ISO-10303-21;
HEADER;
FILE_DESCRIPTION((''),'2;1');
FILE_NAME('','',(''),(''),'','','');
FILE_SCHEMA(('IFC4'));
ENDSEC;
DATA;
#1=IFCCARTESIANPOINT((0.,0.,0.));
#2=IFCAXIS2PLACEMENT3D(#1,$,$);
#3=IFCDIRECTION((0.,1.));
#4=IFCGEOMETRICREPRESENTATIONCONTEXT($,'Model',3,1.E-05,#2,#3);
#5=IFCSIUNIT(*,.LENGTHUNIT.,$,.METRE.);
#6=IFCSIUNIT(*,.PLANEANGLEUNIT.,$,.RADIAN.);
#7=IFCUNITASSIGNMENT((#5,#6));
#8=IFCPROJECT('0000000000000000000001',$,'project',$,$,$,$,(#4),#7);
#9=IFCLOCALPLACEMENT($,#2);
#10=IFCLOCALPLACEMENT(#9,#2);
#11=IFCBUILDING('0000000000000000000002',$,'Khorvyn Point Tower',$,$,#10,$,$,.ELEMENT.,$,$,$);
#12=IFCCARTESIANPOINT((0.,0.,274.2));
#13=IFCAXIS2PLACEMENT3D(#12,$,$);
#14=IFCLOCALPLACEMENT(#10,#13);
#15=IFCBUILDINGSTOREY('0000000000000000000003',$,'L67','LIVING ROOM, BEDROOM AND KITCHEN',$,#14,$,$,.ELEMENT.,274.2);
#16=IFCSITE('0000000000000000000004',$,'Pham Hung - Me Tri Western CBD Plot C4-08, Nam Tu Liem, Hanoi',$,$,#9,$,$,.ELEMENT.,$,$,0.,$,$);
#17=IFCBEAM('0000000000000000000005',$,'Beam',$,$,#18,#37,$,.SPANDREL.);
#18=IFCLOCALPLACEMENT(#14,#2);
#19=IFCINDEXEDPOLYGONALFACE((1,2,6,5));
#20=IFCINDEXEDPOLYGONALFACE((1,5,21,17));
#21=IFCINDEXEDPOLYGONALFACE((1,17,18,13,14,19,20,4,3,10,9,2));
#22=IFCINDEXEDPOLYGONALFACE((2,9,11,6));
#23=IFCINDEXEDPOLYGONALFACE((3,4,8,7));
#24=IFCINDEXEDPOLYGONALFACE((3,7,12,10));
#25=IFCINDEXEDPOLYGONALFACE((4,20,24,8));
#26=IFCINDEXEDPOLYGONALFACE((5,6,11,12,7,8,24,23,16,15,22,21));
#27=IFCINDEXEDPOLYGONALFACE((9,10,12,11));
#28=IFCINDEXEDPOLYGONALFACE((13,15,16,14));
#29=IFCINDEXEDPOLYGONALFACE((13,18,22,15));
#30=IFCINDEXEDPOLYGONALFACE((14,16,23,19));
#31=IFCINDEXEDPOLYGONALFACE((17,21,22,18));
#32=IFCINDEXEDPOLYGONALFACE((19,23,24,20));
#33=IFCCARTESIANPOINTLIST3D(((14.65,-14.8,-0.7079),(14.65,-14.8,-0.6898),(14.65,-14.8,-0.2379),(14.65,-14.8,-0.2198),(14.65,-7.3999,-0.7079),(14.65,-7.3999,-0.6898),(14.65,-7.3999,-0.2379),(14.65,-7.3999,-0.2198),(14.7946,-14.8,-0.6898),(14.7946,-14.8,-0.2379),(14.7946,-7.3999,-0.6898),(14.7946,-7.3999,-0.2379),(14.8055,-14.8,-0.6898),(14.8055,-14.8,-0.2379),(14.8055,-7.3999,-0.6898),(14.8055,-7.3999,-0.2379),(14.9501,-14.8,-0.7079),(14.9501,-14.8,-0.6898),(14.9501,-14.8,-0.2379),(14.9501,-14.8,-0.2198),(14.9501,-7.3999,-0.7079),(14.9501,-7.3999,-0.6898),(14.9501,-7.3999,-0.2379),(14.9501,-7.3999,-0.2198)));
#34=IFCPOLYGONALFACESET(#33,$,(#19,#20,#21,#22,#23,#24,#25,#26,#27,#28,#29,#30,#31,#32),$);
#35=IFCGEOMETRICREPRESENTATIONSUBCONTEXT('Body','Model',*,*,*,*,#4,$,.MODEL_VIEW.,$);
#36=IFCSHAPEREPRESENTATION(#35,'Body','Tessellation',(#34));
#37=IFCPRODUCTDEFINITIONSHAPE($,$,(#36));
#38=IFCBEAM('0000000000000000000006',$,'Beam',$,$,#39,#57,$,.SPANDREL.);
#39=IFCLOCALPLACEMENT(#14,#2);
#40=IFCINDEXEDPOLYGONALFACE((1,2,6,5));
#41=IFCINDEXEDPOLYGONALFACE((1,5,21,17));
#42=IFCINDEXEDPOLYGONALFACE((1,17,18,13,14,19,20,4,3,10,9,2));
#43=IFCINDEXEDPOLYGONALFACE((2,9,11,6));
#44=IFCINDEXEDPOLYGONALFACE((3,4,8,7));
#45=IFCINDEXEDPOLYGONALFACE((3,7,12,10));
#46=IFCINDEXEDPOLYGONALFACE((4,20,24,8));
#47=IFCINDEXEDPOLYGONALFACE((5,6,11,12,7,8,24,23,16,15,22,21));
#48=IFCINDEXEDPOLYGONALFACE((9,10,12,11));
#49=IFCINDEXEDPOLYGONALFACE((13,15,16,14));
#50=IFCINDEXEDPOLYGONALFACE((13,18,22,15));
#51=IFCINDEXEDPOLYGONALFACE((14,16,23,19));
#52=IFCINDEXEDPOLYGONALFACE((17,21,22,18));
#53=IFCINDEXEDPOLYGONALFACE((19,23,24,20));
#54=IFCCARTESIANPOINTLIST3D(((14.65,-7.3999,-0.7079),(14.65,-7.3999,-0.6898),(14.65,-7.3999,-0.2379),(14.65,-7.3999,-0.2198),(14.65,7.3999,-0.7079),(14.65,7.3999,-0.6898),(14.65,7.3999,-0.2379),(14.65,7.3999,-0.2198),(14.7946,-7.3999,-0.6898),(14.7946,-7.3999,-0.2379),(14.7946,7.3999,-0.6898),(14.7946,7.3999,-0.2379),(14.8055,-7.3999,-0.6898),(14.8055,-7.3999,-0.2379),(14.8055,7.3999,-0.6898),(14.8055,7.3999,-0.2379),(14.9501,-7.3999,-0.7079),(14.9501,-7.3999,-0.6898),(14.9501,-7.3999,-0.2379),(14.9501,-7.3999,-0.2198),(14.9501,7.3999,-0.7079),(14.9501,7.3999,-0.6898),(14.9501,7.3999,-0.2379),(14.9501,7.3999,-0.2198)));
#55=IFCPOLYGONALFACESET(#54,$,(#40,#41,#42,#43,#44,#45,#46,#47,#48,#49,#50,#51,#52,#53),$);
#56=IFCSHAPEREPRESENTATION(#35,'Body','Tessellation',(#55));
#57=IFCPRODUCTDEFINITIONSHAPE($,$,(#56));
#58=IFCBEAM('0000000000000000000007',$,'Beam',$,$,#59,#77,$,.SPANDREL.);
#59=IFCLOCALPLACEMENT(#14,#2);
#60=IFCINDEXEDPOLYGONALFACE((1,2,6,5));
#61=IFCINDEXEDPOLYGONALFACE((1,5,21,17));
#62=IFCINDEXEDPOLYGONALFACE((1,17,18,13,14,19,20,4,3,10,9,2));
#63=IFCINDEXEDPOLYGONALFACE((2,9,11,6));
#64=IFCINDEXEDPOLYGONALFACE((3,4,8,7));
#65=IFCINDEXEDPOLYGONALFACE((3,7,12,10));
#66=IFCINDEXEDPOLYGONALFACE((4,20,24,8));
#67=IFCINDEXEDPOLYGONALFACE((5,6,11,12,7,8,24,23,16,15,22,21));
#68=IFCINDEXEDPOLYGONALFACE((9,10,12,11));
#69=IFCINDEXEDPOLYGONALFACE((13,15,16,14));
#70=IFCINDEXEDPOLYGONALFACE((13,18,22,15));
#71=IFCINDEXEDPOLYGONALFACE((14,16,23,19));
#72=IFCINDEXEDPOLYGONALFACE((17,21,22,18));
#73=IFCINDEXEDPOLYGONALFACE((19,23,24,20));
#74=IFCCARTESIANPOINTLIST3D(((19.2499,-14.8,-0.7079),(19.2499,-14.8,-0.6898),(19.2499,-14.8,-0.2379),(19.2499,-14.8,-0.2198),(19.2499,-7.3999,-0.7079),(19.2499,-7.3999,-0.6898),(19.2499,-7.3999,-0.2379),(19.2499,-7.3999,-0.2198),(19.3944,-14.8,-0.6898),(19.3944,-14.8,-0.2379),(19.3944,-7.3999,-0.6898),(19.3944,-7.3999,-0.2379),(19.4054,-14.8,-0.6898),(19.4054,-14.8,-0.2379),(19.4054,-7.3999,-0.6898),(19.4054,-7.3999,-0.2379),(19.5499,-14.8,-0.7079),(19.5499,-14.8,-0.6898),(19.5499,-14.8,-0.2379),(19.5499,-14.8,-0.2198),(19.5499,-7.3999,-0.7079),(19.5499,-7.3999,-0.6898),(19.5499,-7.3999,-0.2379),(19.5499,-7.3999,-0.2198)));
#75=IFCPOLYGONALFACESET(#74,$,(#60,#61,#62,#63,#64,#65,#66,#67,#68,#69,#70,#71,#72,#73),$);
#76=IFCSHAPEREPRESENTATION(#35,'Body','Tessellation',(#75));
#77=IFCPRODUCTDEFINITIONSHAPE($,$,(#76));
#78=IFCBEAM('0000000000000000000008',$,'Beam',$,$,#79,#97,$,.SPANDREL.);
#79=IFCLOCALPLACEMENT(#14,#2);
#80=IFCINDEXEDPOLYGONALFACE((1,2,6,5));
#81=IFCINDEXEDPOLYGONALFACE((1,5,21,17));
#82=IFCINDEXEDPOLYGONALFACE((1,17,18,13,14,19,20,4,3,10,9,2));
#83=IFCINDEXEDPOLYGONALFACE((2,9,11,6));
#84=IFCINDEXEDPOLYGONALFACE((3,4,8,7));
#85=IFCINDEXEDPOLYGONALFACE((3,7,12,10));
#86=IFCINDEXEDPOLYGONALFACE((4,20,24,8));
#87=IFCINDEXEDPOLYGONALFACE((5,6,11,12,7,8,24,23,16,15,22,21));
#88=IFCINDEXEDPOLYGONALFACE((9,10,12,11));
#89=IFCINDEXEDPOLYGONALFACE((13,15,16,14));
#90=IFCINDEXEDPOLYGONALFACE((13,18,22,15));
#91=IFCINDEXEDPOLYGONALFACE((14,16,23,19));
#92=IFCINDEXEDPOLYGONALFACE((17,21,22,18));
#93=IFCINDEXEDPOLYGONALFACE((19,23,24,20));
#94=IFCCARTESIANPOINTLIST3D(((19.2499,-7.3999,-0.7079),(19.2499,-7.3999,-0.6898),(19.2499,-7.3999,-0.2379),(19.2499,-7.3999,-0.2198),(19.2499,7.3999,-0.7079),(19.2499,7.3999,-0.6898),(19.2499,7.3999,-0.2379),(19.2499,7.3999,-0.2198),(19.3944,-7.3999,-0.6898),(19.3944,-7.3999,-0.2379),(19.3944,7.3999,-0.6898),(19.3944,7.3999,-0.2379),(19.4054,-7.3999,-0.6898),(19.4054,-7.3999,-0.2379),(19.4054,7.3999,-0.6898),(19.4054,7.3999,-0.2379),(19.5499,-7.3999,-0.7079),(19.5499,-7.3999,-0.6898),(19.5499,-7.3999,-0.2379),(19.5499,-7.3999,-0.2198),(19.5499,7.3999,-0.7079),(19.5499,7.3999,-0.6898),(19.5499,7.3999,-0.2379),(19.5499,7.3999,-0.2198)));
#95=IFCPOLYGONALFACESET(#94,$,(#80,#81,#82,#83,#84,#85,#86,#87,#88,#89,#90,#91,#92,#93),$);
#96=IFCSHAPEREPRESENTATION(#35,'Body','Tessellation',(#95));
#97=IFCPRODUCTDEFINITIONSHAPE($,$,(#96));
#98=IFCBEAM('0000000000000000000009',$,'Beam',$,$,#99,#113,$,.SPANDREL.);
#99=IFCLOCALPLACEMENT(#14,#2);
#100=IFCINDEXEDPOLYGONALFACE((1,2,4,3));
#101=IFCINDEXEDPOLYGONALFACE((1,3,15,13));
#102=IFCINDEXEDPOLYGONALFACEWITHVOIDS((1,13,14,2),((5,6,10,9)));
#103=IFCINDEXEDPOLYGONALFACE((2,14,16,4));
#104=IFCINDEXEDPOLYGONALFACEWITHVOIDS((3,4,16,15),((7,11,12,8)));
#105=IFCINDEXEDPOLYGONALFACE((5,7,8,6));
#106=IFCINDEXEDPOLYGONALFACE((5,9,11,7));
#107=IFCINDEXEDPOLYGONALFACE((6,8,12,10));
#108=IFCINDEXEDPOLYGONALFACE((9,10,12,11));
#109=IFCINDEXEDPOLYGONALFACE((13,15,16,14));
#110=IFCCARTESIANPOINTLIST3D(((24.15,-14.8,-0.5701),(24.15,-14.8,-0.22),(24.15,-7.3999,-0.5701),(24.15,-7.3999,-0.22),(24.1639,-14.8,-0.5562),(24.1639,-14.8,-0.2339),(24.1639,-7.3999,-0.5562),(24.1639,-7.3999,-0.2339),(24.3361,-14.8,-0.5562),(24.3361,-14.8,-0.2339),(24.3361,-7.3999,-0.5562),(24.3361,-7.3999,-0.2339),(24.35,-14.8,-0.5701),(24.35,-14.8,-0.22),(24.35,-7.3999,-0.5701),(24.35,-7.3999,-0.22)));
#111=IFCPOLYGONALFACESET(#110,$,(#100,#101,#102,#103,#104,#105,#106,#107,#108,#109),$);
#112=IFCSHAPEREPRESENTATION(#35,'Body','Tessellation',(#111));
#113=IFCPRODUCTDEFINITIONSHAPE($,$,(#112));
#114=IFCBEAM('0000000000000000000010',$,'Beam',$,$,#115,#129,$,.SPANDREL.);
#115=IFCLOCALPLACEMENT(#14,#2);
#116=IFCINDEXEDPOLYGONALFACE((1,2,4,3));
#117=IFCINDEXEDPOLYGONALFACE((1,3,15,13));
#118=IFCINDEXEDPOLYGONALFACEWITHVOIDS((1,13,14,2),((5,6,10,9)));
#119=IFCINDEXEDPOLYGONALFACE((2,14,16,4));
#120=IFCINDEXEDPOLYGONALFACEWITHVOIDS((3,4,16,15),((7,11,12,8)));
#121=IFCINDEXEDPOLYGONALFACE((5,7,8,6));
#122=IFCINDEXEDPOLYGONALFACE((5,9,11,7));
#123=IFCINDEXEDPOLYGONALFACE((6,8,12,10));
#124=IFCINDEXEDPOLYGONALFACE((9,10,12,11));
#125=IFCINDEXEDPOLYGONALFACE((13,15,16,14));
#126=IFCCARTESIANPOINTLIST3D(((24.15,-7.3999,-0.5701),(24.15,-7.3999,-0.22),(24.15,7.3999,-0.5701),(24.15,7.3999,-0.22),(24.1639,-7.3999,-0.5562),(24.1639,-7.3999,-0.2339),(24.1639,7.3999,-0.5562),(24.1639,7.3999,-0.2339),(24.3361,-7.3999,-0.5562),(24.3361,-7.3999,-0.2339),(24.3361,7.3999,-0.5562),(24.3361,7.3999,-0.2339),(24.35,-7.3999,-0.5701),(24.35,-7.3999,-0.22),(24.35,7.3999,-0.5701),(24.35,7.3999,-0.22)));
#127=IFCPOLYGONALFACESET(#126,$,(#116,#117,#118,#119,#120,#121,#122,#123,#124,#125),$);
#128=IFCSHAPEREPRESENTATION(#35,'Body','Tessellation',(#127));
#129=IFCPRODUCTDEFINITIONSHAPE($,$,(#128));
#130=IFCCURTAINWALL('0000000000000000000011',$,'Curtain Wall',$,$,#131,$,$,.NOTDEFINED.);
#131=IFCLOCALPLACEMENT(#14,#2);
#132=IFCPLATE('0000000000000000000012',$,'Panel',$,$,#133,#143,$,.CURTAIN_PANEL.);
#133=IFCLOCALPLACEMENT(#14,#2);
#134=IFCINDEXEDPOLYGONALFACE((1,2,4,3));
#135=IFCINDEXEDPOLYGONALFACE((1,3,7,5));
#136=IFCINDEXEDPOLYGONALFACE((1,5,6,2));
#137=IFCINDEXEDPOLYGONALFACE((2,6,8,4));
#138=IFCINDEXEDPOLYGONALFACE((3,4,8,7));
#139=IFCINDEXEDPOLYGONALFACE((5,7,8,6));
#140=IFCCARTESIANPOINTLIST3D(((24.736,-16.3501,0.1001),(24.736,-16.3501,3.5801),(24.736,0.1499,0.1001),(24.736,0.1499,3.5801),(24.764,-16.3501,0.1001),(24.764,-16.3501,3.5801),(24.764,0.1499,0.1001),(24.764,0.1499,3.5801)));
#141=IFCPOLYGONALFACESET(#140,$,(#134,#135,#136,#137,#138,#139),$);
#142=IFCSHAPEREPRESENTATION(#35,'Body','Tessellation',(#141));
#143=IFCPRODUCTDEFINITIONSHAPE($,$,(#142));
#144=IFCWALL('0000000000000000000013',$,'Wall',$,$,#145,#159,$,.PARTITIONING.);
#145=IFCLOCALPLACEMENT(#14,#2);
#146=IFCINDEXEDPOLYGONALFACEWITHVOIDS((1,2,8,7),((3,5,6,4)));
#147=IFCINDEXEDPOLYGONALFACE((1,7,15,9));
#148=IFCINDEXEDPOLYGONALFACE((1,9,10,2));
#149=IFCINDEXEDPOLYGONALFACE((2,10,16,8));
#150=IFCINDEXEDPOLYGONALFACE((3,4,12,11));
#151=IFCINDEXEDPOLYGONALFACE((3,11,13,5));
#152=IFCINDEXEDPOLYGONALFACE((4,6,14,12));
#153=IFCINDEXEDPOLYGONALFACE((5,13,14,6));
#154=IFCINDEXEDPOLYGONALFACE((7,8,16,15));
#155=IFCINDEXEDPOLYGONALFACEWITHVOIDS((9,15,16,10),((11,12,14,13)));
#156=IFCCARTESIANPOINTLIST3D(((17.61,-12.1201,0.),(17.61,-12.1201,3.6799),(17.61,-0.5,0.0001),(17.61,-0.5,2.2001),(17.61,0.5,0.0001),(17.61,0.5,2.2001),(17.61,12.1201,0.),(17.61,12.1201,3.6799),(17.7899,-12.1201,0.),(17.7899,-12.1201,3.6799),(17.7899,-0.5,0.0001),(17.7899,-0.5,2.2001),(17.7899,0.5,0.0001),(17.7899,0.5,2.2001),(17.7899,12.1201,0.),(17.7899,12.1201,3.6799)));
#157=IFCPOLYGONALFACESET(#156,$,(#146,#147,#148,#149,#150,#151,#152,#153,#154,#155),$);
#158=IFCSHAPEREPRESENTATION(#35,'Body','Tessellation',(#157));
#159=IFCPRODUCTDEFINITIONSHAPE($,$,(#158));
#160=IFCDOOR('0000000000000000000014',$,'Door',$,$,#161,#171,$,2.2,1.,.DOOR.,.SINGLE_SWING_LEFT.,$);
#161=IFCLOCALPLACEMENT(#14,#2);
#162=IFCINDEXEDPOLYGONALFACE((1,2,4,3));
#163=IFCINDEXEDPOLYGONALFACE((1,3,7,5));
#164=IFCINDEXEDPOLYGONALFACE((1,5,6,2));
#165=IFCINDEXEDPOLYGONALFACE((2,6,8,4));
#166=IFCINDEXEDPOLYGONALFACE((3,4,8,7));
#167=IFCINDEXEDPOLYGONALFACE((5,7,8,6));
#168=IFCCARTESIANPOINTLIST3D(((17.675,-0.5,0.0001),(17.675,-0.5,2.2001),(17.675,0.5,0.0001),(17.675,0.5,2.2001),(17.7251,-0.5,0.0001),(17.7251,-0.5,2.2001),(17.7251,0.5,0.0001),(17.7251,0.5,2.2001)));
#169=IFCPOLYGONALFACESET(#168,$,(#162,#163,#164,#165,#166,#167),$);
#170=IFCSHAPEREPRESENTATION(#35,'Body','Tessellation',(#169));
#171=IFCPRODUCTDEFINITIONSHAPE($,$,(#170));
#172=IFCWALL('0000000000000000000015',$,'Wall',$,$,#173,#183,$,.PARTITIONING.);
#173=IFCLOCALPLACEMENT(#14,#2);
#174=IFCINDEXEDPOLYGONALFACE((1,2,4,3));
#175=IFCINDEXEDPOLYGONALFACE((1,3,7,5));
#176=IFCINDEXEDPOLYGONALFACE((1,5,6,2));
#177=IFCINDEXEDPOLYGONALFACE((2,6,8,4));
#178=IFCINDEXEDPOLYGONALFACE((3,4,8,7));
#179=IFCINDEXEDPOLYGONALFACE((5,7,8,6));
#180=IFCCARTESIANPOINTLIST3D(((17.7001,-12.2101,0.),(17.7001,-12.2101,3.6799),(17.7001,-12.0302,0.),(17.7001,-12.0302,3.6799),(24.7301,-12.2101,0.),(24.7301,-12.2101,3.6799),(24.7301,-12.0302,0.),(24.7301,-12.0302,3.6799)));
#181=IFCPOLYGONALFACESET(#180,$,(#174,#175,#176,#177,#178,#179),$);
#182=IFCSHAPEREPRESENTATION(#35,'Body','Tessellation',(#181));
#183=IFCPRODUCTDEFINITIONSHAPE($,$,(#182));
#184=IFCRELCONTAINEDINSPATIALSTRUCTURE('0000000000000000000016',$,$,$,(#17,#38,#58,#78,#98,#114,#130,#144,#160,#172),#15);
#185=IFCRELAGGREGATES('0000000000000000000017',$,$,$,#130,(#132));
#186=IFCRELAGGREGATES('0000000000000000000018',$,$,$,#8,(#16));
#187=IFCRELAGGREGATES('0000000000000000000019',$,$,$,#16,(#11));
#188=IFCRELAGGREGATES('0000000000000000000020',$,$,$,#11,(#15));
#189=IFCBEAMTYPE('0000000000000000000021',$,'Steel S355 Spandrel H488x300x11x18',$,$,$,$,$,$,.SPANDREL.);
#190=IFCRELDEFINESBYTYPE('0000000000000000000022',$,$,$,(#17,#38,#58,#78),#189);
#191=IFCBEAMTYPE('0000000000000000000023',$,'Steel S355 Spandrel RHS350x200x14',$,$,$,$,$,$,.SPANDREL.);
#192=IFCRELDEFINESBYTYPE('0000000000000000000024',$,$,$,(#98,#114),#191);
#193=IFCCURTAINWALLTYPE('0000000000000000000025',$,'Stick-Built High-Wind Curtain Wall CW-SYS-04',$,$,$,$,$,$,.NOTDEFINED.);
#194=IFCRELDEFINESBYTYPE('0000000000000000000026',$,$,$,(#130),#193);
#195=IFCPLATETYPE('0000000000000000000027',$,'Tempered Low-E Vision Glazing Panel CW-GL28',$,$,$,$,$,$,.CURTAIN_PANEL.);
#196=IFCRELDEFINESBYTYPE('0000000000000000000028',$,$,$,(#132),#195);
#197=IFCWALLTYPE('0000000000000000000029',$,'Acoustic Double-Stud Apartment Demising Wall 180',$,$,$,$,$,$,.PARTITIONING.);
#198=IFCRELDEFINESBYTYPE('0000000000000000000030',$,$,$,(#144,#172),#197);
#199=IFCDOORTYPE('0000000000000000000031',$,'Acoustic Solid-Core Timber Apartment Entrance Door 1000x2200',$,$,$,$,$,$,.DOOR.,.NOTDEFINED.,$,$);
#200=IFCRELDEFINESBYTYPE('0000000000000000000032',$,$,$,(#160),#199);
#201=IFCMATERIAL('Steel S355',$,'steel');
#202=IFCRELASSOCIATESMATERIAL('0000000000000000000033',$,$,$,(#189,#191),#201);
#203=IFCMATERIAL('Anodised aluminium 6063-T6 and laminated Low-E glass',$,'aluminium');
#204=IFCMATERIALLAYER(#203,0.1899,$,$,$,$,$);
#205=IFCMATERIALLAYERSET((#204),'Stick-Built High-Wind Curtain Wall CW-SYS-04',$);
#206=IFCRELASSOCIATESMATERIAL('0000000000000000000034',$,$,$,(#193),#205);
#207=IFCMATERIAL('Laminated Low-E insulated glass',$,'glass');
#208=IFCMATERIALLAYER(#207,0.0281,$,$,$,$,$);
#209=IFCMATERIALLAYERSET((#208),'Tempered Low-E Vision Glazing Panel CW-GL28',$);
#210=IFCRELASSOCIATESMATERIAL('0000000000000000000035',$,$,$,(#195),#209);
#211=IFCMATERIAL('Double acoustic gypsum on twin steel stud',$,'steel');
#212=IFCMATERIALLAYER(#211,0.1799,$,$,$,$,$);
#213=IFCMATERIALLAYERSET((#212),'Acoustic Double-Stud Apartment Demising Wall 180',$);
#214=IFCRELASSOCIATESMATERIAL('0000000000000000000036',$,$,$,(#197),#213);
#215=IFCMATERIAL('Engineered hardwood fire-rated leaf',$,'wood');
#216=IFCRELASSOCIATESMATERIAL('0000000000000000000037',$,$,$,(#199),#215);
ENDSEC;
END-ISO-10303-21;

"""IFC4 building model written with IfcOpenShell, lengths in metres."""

from ifc_helpers import new_model, si_unit, direction, frame, frame_2d, origin, origin_2d, place, context, subcontext, project, spatial, rectangle, hollow_rectangle, i_section, extrude, material, layer, layer_set, material_profile, profile_set, type_object, element, fill, aggregate, save


model = new_model("IFC4")

# Units and contexts
model_context = context("Model", 3, precision=1e-05, world=origin(), true_north=direction((0.0, 1.0)))
body_context = subcontext(model_context, "Body", "Model", "MODEL_VIEW")
ifc_project = project(units=[si_unit("LENGTHUNIT", "METRE"), si_unit("PLANEANGLEUNIT", "RADIAN")], contexts=[model_context])

# Site, building, storey
site_placement = place(None, origin())
site = spatial("IfcSite", under=ifc_project, at=site_placement, Name="Pham Hung - Me Tri Western CBD Plot C4-08, Nam Tu Liem, Hanoi", CompositionType="ELEMENT", RefElevation=0.0)
building_placement = place(site_placement, origin())
building = spatial("IfcBuilding", under=site, at=building_placement, Name="Khorvyn Point Tower", CompositionType="ELEMENT")
storey_placement = place(building_placement, frame((0.0, 0.0, 274.2)))
storey = spatial("IfcBuildingStorey", under=building, at=storey_placement, Name="L67", Description="LIVING ROOM, BEDROOM AND KITCHEN", CompositionType="ELEMENT", Elevation=274.2)

# Shared definitions
ifc_material_1 = material(Name="Steel S355", Category="steel")

# Beams
ifc_material_profile_1 = material_profile(ifc_material_1, i_section(OverallWidth=0.3, OverallDepth=0.488, WebThickness=0.011, FlangeThickness=0.0181, at=origin_2d()))
ifc_profile_set_1 = profile_set([ifc_material_profile_1], Name="Steel S355 H488x300x11x18")
beam_type_1 = type_object("IfcBeamType", Name="Steel S355 Spandrel H488x300x11x18", PredefinedType="SPANDREL", material=ifc_profile_set_1)
beam_1_placement = place(storey_placement, frame((14.8, -14.8, -0.4639), z_axis=(0.0, 1.0, 0.0), x_axis=(-1.0, 0.0, 0.0)))
element("IfcBeam", 1, at=beam_1_placement, inside=storey, type_object=beam_type_1, Name="Beam", PredefinedType="SPANDREL", context=body_context, shape_type="SweptSolid", body=[
    extrude(i_section(OverallWidth=0.3, OverallDepth=0.488, WebThickness=0.011, FlangeThickness=0.0181, at=origin_2d()), origin(), (0.0, 0.0, 1.0), 7.4001),
])
beam_2_placement = place(storey_placement, frame((14.8, -7.3999, -0.4639), z_axis=(0.0, 1.0, 0.0), x_axis=(-1.0, 0.0, 0.0)))
element("IfcBeam", 2, at=beam_2_placement, inside=storey, type_object=beam_type_1, Name="Beam", PredefinedType="SPANDREL", context=body_context, shape_type="SweptSolid", body=[
    extrude(i_section(OverallWidth=0.3, OverallDepth=0.488, WebThickness=0.011, FlangeThickness=0.0181, at=origin_2d()), origin(), (0.0, 0.0, 1.0), 14.7998),
])
beam_3_placement = place(storey_placement, frame((19.3999, -14.8, -0.4639), z_axis=(0.0, 1.0, 0.0), x_axis=(-1.0, 0.0, 0.0)))
element("IfcBeam", 3, at=beam_3_placement, inside=storey, type_object=beam_type_1, Name="Beam", PredefinedType="SPANDREL", context=body_context, shape_type="SweptSolid", body=[
    extrude(i_section(OverallWidth=0.3, OverallDepth=0.488, WebThickness=0.011, FlangeThickness=0.0181, at=origin_2d()), origin(), (0.0, 0.0, 1.0), 7.4001),
])
beam_4_placement = place(storey_placement, frame((19.3999, -7.3999, -0.4639), z_axis=(0.0, 1.0, 0.0), x_axis=(-1.0, 0.0, 0.0)))
element("IfcBeam", 4, at=beam_4_placement, inside=storey, type_object=beam_type_1, Name="Beam", PredefinedType="SPANDREL", context=body_context, shape_type="SweptSolid", body=[
    extrude(i_section(OverallWidth=0.3, OverallDepth=0.488, WebThickness=0.011, FlangeThickness=0.0181, at=origin_2d()), origin(), (0.0, 0.0, 1.0), 14.7998),
])
ifc_material_profile_2 = material_profile(ifc_material_1, hollow_rectangle(XDim=0.2, YDim=0.3501, WallThickness=0.0139, at=origin_2d()))
ifc_profile_set_2 = profile_set([ifc_material_profile_2], Name="Steel S355 RHS350x200x14")
beam_type_2 = type_object("IfcBeamType", Name="Steel S355 Spandrel RHS350x200x14", PredefinedType="SPANDREL", material=ifc_profile_set_2)
beam_5_placement = place(storey_placement, frame((24.25, -14.8, -0.395), z_axis=(0.0, 1.0, 0.0), x_axis=(-1.0, 0.0, 0.0)))
element("IfcBeam", 5, at=beam_5_placement, inside=storey, type_object=beam_type_2, Name="Beam", PredefinedType="SPANDREL", context=body_context, shape_type="SweptSolid", body=[
    extrude(hollow_rectangle(XDim=0.2, YDim=0.3501, WallThickness=0.0139, at=origin_2d()), origin(), (0.0, 0.0, 1.0), 7.4001),
])
beam_6_placement = place(storey_placement, frame((24.25, -7.3999, -0.395), z_axis=(0.0, 1.0, 0.0), x_axis=(-1.0, 0.0, 0.0)))
element("IfcBeam", 6, at=beam_6_placement, inside=storey, type_object=beam_type_2, Name="Beam", PredefinedType="SPANDREL", context=body_context, shape_type="SweptSolid", body=[
    extrude(hollow_rectangle(XDim=0.2, YDim=0.3501, WallThickness=0.0139, at=origin_2d()), origin(), (0.0, 0.0, 1.0), 14.7998),
])

# Curtain wall, plate
ifc_material_2 = material(Name="Anodised aluminium 6063-T6 and laminated Low-E glass", Category="aluminium")
ifc_layer_1 = layer(ifc_material_2, 0.1899)
ifc_layer_set_1 = layer_set([ifc_layer_1], Name="Stick-Built High-Wind Curtain Wall CW-SYS-04")
curtain_wall_type = type_object("IfcCurtainWallType", Name="Stick-Built High-Wind Curtain Wall CW-SYS-04", PredefinedType="NOTDEFINED", material=ifc_layer_set_1)
curtain_wall_placement = place(storey_placement, origin())
curtain_wall = element("IfcCurtainWall", 7, at=curtain_wall_placement, inside=storey, type_object=curtain_wall_type, Name="Curtain Wall", PredefinedType="NOTDEFINED")
ifc_material_3 = material(Name="Laminated Low-E insulated glass", Category="glass")
ifc_layer_2 = layer(ifc_material_3, 0.0281)
ifc_layer_set_2 = layer_set([ifc_layer_2], Name="Tempered Low-E Vision Glazing Panel CW-GL28")
plate_type = type_object("IfcPlateType", Name="Tempered Low-E Vision Glazing Panel CW-GL28", PredefinedType="CURTAIN_PANEL", material=ifc_layer_set_2)
plate_placement = place(storey_placement, frame((24.75, -8.1001, 0.1001), z_axis=(0.0, 0.0, 1.0), x_axis=(0.0, -1.0, 0.0)))
plate = element("IfcPlate", 8, at=plate_placement, type_object=plate_type, Name="Panel", PredefinedType="CURTAIN_PANEL", context=body_context, shape_type="SweptSolid", body=[
    extrude(rectangle(XDim=16.5, YDim=0.0281, at=origin_2d()), origin(), (0.0, 0.0, 1.0), 3.48),
])
aggregate(curtain_wall, [plate])

# Wall, opening, door
ifc_material_4 = material(Name="Double acoustic gypsum on twin steel stud", Category="steel")
ifc_layer_3 = layer(ifc_material_4, 0.1799)
ifc_layer_set_3 = layer_set([ifc_layer_3], Name="Acoustic Double-Stud Apartment Demising Wall 180")
wall_type_1 = type_object("IfcWallType", Name="Acoustic Double-Stud Apartment Demising Wall 180", PredefinedType="PARTITIONING", material=ifc_layer_set_3)
wall_1_placement = place(storey_placement, frame((17.7, -12.1201, 0.0), z_axis=(0.0, 0.0, 1.0), x_axis=(0.0, 1.0, 0.0)))
wall_1 = element("IfcWall", 9, at=wall_1_placement, inside=storey, type_object=wall_type_1, Name="Wall", PredefinedType="PARTITIONING", context=body_context, shape_type="SweptSolid", body=[
    extrude(rectangle(XDim=24.2402, YDim=0.1799, at=frame_2d((12.1201, 0.0))), origin(), (0.0, 0.0, 1.0), 3.6799),
])
opening_placement = place(wall_1_placement, frame((11.6201, 0.0, 0.0)))
opening = element("IfcOpeningElement", 10, at=opening_placement, cuts=wall_1, PredefinedType="OPENING", context=body_context, shape_type="SweptSolid", body=[
    extrude(rectangle(XDim=1.0, YDim=2.2, at=frame_2d((0.5, 1.1001))), frame((0.0, 0.0999, 0.0), z_axis=(0.0, -1.0, 0.0), x_axis=(1.0, 0.0, 0.0)), (0.0, 0.0, 1.0), 0.2),
])
ifc_material_5 = material(Name="Engineered hardwood fire-rated leaf", Category="wood")
door_type = type_object("IfcDoorType", Name="Acoustic Solid-Core Timber Apartment Entrance Door 1000x2200", OperationType="NOTDEFINED", PredefinedType="DOOR", material=ifc_material_5)
door_placement = place(opening_placement, origin())
door = element("IfcDoor", 11, at=door_placement, inside=storey, type_object=door_type, Name="Door", OperationType="SINGLE_SWING_LEFT", OverallHeight=2.2, OverallWidth=1.0, PredefinedType="DOOR", context=body_context, shape_type="SweptSolid", body=[
    extrude(rectangle(XDim=1.0, YDim=2.2, at=frame_2d((0.5, 1.1001))), frame((0.0, 0.0249, 0.0), z_axis=(0.0, -1.0, 0.0), x_axis=(1.0, 0.0, 0.0)), (0.0, 0.0, 1.0), 0.05),
])
fill(opening, door)

# Wall
wall_2_placement = place(storey_placement, frame((17.7, -12.1201, 0.0), z_axis=(0.0, 0.0, 1.0), x_axis=(1.0, 0.0, 0.0)))
element("IfcWall", 12, at=wall_2_placement, inside=storey, type_object=wall_type_1, Name="Wall", PredefinedType="PARTITIONING", context=body_context, shape_type="SweptSolid", body=[
    extrude(rectangle(XDim=7.03, YDim=0.1799, at=frame_2d((3.5151, 0.0))), origin(), (0.0, 0.0, 1.0), 3.6799),
])

save(model, "model.ifc")
